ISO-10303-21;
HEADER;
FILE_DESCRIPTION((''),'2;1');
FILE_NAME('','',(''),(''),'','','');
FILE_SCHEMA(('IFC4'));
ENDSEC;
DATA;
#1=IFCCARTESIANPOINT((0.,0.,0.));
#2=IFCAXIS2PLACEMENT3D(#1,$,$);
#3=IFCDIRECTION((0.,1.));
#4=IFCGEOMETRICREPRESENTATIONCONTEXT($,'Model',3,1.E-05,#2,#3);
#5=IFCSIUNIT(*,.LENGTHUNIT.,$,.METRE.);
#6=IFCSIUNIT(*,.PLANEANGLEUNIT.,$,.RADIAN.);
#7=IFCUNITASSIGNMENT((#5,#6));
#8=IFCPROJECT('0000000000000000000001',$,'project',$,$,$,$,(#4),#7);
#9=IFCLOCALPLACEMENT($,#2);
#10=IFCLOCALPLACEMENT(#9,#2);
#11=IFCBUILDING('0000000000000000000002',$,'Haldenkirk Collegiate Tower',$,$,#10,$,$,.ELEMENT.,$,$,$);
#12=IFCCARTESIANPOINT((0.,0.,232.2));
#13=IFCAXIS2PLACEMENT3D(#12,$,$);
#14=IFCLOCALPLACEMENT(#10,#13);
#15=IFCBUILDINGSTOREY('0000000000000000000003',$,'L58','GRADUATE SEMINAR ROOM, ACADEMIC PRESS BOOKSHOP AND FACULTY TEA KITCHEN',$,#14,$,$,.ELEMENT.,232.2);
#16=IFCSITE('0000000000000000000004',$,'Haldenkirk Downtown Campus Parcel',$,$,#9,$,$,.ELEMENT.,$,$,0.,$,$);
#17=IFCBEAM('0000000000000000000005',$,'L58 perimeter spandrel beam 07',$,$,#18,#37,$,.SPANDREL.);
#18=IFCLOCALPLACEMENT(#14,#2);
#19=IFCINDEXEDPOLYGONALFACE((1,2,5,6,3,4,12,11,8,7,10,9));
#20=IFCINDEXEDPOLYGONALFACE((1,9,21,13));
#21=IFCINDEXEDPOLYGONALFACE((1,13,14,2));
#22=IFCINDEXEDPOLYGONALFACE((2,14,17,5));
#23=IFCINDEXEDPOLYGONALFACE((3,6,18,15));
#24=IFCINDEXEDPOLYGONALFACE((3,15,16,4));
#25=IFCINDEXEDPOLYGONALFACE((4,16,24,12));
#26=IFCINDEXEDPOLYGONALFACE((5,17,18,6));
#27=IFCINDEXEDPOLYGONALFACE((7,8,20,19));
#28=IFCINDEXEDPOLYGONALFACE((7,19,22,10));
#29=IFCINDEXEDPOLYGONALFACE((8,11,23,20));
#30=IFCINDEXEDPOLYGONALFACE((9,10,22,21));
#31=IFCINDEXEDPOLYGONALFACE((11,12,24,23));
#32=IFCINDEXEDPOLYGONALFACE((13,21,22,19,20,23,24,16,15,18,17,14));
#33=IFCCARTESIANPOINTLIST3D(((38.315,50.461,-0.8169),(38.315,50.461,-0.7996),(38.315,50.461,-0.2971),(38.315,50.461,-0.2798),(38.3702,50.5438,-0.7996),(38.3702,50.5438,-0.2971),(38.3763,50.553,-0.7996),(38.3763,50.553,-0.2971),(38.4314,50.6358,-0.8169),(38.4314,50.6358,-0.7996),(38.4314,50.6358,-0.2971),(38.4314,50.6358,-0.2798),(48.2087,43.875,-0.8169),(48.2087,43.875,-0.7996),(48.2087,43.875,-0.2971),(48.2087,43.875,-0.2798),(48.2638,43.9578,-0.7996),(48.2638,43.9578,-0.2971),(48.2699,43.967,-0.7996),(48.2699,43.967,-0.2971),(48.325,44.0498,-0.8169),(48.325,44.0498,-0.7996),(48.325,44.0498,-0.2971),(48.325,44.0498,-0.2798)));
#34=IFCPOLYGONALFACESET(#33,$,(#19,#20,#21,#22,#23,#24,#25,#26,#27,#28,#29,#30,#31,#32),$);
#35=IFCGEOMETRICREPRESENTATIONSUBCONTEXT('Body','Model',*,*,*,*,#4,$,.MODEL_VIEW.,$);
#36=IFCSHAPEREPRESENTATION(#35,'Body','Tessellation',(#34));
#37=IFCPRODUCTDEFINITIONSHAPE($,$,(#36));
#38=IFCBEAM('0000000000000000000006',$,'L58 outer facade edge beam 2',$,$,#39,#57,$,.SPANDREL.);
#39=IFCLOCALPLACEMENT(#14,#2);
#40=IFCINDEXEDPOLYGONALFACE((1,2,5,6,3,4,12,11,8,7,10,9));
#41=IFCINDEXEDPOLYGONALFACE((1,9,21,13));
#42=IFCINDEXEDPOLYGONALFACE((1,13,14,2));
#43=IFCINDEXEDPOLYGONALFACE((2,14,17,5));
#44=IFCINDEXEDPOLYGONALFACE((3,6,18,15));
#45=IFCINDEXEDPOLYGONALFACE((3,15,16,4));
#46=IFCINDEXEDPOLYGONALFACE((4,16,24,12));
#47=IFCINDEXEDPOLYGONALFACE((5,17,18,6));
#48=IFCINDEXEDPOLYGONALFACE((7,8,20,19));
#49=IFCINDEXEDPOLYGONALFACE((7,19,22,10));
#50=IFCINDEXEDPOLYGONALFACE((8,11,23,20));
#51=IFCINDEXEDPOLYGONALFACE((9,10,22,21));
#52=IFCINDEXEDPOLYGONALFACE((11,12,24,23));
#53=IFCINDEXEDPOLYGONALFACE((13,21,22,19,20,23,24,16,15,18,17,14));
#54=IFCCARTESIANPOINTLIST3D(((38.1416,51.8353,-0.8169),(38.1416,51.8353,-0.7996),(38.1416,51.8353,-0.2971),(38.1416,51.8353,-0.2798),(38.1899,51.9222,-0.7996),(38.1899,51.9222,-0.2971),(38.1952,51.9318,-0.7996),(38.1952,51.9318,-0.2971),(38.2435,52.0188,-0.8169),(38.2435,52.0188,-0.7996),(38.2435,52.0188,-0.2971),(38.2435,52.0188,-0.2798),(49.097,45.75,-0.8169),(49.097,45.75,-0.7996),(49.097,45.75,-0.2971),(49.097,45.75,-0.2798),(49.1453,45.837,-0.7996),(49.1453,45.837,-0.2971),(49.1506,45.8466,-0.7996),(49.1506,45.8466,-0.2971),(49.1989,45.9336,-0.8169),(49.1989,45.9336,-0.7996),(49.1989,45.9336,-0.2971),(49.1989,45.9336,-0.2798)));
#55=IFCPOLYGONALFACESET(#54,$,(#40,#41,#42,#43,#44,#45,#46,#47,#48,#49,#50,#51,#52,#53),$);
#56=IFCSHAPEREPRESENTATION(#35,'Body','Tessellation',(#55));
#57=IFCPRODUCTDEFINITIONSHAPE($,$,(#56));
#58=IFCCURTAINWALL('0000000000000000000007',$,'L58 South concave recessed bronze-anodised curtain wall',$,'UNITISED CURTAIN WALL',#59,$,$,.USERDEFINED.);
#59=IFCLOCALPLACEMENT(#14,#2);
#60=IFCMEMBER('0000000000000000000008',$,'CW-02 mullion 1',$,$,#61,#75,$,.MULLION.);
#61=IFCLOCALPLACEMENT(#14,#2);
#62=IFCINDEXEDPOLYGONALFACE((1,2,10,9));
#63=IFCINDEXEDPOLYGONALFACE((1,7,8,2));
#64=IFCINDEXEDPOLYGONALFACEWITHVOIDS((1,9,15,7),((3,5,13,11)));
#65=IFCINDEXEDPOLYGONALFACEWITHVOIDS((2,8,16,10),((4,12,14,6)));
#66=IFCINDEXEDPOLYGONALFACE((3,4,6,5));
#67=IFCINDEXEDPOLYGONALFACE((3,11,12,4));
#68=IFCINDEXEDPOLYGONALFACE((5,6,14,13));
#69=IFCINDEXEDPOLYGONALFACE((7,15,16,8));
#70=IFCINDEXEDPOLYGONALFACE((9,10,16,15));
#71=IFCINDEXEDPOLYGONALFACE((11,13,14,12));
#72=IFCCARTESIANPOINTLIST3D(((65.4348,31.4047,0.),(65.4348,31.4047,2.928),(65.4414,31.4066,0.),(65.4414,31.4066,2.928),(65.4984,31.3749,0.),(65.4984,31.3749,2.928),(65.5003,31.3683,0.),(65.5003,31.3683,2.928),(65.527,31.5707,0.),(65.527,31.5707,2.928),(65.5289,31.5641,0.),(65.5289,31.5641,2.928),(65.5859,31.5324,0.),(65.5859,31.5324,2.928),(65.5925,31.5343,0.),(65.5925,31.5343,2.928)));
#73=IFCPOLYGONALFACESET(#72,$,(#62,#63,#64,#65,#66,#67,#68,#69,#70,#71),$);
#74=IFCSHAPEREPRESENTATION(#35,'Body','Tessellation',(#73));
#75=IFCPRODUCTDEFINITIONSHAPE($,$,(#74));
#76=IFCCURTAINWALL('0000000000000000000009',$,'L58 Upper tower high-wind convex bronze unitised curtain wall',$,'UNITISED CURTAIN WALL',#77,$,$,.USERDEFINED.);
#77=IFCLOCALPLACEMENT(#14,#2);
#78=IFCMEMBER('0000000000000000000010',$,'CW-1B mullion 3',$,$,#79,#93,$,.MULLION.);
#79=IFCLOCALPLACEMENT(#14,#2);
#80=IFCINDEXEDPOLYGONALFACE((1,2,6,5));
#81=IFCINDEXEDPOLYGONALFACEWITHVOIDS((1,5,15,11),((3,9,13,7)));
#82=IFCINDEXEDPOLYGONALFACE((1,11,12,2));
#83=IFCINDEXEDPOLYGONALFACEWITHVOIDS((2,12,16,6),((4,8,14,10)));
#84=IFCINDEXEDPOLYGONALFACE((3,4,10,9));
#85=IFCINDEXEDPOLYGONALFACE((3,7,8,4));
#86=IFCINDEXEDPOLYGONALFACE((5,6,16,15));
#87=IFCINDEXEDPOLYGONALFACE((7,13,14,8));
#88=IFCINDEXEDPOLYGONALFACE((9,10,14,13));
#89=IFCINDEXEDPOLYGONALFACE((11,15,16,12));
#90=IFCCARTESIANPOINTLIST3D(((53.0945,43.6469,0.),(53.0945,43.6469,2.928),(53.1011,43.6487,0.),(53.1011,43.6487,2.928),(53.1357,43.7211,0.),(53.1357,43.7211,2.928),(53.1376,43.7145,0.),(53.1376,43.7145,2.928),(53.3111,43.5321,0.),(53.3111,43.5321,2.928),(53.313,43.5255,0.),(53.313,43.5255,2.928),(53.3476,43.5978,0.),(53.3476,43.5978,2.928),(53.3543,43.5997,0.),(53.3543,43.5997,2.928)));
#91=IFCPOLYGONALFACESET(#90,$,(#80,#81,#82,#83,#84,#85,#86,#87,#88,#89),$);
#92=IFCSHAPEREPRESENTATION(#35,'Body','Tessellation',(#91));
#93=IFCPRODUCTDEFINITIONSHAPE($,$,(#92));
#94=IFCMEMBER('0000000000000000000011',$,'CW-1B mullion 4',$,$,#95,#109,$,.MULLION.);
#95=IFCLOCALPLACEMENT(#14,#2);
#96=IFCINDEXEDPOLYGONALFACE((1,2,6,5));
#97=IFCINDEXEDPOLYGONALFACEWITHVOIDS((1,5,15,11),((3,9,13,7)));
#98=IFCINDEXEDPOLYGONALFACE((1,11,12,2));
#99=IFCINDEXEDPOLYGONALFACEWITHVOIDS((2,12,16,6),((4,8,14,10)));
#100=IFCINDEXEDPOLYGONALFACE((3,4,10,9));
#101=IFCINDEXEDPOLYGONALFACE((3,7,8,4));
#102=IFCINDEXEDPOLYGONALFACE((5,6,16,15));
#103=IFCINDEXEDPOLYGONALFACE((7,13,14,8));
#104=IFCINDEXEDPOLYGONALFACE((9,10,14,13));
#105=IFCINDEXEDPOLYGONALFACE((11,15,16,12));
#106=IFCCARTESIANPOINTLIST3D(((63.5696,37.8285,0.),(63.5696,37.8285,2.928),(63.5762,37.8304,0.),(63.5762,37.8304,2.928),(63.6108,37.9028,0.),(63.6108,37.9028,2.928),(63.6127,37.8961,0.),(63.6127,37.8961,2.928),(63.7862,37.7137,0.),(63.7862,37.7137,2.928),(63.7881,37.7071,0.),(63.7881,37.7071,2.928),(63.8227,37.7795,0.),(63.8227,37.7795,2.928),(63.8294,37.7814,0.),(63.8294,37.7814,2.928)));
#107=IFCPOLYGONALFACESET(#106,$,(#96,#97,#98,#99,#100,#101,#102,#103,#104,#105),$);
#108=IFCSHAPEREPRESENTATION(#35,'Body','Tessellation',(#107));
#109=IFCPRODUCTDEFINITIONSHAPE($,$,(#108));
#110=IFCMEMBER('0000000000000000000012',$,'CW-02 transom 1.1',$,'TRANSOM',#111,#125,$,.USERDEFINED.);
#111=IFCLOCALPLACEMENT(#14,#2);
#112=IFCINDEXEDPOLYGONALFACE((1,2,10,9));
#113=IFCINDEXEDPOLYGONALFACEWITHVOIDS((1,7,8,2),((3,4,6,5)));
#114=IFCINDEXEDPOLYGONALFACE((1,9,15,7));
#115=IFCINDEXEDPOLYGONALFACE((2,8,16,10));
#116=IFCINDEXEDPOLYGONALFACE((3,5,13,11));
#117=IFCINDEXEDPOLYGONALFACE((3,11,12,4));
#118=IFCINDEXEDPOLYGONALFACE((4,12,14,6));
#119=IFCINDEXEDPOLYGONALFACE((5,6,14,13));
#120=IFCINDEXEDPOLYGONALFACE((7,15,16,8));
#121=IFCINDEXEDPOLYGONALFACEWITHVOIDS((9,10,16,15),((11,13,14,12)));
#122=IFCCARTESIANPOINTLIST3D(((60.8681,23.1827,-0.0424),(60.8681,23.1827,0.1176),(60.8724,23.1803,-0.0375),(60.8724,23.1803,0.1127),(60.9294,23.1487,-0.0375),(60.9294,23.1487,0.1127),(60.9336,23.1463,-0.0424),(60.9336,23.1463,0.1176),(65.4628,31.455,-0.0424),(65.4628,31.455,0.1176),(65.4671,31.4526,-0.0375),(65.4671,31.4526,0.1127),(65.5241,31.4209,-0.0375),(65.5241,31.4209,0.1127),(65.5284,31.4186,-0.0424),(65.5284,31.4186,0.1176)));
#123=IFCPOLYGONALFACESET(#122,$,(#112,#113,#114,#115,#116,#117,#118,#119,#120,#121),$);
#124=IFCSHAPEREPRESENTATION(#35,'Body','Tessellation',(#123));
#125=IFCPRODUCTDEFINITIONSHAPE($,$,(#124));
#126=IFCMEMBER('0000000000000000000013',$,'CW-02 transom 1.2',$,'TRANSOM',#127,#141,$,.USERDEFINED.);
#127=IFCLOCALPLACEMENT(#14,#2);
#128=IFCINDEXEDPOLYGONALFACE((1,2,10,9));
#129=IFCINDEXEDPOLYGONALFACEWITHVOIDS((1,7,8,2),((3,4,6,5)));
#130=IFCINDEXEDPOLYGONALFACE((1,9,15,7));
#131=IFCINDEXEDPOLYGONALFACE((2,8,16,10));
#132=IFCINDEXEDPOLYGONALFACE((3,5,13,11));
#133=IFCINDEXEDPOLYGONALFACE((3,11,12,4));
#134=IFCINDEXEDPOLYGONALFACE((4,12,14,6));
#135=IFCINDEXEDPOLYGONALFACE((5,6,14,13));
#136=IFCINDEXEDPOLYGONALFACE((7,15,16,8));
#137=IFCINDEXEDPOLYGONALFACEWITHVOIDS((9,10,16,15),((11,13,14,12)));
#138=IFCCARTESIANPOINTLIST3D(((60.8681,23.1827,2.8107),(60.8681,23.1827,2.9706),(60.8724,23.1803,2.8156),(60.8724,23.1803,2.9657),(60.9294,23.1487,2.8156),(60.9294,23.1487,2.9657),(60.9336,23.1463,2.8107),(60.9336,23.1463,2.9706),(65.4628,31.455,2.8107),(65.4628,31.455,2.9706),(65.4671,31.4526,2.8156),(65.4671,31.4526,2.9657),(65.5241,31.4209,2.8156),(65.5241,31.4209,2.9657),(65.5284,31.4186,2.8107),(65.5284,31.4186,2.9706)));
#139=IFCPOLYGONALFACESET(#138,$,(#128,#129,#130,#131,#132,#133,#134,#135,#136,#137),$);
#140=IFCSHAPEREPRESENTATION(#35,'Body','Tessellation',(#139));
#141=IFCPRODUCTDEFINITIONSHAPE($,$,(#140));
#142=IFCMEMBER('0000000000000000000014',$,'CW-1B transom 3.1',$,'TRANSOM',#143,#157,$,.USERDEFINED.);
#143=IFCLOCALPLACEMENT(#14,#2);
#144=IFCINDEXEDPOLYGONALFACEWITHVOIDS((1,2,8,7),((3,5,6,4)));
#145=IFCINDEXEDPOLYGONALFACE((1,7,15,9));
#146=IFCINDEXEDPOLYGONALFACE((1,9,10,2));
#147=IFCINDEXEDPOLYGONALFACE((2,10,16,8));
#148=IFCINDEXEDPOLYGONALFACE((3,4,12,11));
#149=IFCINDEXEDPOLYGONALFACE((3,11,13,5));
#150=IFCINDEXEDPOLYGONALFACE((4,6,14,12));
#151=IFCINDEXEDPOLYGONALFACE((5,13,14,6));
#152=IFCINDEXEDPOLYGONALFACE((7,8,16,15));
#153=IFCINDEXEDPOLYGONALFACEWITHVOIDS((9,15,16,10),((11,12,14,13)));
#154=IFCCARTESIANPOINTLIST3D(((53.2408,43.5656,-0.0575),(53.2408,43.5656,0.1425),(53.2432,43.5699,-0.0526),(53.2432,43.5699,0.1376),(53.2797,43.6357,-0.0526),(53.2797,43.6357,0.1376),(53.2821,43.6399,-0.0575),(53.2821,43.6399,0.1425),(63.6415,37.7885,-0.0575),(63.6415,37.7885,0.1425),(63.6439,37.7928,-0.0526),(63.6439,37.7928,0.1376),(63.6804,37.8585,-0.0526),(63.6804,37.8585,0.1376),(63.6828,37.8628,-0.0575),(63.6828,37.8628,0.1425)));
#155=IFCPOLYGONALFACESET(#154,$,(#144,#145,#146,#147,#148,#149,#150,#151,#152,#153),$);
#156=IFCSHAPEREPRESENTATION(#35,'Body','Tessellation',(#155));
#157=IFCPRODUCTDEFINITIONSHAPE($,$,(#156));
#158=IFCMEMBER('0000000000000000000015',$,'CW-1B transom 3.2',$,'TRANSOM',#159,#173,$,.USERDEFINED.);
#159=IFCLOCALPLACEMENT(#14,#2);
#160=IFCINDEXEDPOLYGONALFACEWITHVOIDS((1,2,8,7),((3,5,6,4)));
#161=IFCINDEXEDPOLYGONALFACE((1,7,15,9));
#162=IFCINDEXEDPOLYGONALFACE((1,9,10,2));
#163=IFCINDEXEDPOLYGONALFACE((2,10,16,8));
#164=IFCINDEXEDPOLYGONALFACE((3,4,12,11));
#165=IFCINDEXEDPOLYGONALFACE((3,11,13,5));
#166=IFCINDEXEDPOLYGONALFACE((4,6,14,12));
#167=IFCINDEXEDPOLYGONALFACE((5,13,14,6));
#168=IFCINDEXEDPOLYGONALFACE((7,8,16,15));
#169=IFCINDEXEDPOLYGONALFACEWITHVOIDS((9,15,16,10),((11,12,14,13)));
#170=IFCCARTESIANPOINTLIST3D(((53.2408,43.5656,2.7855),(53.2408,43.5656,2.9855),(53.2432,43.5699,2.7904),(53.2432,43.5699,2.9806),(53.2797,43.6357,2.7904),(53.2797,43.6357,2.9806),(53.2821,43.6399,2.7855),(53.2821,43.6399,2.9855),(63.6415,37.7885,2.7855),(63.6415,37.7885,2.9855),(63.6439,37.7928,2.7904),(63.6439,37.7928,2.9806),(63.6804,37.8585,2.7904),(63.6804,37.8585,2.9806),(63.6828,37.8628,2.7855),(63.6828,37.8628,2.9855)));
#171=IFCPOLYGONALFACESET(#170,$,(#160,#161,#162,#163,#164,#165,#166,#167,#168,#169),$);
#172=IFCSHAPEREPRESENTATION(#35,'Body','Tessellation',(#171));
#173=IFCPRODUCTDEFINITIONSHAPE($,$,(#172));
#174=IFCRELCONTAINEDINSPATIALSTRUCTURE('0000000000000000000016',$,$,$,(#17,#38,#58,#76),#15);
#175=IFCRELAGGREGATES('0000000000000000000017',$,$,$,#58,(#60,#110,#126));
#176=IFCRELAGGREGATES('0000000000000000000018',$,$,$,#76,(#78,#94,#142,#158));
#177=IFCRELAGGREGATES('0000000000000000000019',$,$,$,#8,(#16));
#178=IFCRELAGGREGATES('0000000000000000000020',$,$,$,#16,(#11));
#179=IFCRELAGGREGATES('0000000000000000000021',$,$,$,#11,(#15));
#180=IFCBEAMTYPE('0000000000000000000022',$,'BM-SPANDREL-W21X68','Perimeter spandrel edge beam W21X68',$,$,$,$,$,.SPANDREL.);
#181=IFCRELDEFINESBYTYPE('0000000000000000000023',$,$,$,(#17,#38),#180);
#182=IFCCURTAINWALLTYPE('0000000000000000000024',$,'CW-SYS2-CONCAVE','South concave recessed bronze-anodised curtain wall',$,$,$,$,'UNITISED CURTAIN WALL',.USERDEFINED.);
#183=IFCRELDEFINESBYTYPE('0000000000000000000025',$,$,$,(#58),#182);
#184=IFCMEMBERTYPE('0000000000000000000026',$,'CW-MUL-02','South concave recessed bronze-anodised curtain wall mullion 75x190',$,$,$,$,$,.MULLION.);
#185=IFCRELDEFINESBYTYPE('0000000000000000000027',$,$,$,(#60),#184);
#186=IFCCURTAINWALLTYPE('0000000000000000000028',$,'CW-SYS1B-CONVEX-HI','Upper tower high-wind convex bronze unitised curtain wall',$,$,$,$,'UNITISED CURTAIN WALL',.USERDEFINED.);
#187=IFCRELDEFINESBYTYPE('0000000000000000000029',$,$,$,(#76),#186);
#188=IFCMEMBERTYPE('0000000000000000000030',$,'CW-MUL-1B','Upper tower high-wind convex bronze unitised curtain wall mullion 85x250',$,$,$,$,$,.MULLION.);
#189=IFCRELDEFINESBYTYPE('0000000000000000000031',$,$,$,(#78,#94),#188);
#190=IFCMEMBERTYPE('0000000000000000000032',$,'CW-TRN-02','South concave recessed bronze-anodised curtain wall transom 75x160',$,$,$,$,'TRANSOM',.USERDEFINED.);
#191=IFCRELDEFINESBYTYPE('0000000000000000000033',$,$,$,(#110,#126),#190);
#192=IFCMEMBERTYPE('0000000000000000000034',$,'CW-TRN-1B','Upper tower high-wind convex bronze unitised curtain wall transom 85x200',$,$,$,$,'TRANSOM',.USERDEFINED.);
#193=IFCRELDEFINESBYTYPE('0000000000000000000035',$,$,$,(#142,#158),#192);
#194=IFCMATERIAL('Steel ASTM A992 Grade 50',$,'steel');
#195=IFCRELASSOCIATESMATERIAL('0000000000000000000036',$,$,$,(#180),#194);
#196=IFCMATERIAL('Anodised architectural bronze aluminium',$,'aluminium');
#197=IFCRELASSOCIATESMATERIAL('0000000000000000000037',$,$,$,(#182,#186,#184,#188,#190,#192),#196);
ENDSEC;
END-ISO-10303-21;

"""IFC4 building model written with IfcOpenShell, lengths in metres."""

from ifc_helpers import new_model, si_unit, direction, frame, origin, origin_2d, place, context, subcontext, project, spatial, hollow_rectangle, i_section, extrude, material, material_profile, profile_set, type_object, element, aggregate, save


model = new_model("IFC4")

# Units and contexts
model_context = context("Model", 3, precision=1e-05, world=origin(), true_north=direction((0.0, 1.0)))
body_context = subcontext(model_context, "Body", "Model", "MODEL_VIEW")
ifc_project = project(units=[si_unit("LENGTHUNIT", "METRE"), si_unit("PLANEANGLEUNIT", "RADIAN")], contexts=[model_context])

# Site, building, storey
site_placement = place(None, origin())
site = spatial("IfcSite", under=ifc_project, at=site_placement, Name="Haldenkirk Downtown Campus Parcel", CompositionType="ELEMENT", RefElevation=0.0)
building_placement = place(site_placement, origin())
building = spatial("IfcBuilding", under=site, at=building_placement, Name="Haldenkirk Collegiate Tower", CompositionType="ELEMENT")
storey_placement = place(building_placement, frame((0.0, 0.0, 232.2)))
storey = spatial("IfcBuildingStorey", under=building, at=storey_placement, Name="L58", Description="GRADUATE SEMINAR ROOM, ACADEMIC PRESS BOOKSHOP AND FACULTY TEA KITCHEN", CompositionType="ELEMENT", Elevation=232.2)

# Beams
ifc_material_1 = material(Name="Steel ASTM A992 Grade 50", Category="steel")
ifc_material_profile_1 = material_profile(ifc_material_1, i_section(OverallWidth=0.21, OverallDepth=0.5371, WebThickness=0.011, FlangeThickness=0.0173, at=origin_2d()), Name="W21X68")
ifc_profile_set_1 = profile_set([ifc_material_profile_1], Name="Steel ASTM A992 Grade 50")
beam_type_1 = type_object("IfcBeamType", Name="BM-SPANDREL-W21X68", Description="Perimeter spandrel edge beam W21X68", PredefinedType="SPANDREL", material=ifc_profile_set_1)
beam_1_placement = place(storey_placement, frame((48.2668, 43.9624, -0.5483), z_axis=(-0.832429, 0.554131, 0.0), x_axis=(-0.554131, -0.832429, 0.0)))
element("IfcBeam", 1, at=beam_1_placement, inside=storey, type_object=beam_type_1, Name="L58 perimeter spandrel beam 07", PredefinedType="SPANDREL", context=body_context, shape_type="SweptSolid", body=[
    extrude(i_section(OverallWidth=0.21, OverallDepth=0.5371, WebThickness=0.011, FlangeThickness=0.0173, at=origin_2d()), origin(), (0.0, 0.0, 1.0), 11.8853),
])
beam_2_placement = place(storey_placement, frame((49.1479, 45.8418, -0.5483), z_axis=(-0.874194, 0.485577, 0.0), x_axis=(-0.485577, -0.874194, 0.0)))
element("IfcBeam", 2, at=beam_2_placement, inside=storey, type_object=beam_type_1, Name="L58 outer facade edge beam 2", PredefinedType="SPANDREL", context=body_context, shape_type="SweptSolid", body=[
    extrude(i_section(OverallWidth=0.21, OverallDepth=0.5371, WebThickness=0.011, FlangeThickness=0.0173, at=origin_2d()), origin(), (0.0, 0.0, 1.0), 12.532),
])

# Curtain wall, member
ifc_material_2 = material(Name="Anodised architectural bronze aluminium", Category="aluminium")
curtain_wall_type_1 = type_object("IfcCurtainWallType", Name="CW-SYS2-CONCAVE", Description="South concave recessed bronze-anodised curtain wall", ElementType="UNITISED CURTAIN WALL", PredefinedType="USERDEFINED", material=ifc_material_2)
curtain_wall_1_placement = place(storey_placement, origin())
curtain_wall_1 = element("IfcCurtainWall", 3, at=curtain_wall_1_placement, inside=storey, type_object=curtain_wall_type_1, Name="L58 South concave recessed bronze-anodised curtain wall", ObjectType="UNITISED CURTAIN WALL", PredefinedType="USERDEFINED")
ifc_material_profile_2 = material_profile(ifc_material_2, hollow_rectangle(XDim=0.075, YDim=0.1899, WallThickness=0.0049, at=origin_2d()), Name="CW-MUL-02")
ifc_profile_set_2 = profile_set([ifc_material_profile_2], Name="Anodised architectural bronze aluminium")
member_type_1 = type_object("IfcMemberType", Name="CW-MUL-02", Description="South concave recessed bronze-anodised curtain wall mullion 75x190", PredefinedType="MULLION", material=ifc_profile_set_2)
member_1_placement = place(storey_placement, frame((65.5137, 31.4695, 0.0), z_axis=(0.0, 0.0, 1.0), x_axis=(0.874195, -0.485574, 0.0)))
member_1 = element("IfcMember", 4, at=member_1_placement, type_object=member_type_1, Name="CW-02 mullion 1", PredefinedType="MULLION", context=body_context, shape_type="SweptSolid", body=[
    extrude(hollow_rectangle(XDim=0.075, YDim=0.1899, WallThickness=0.0049, at=origin_2d()), origin(), (0.0, 0.0, 1.0), 2.928),
])

# Curtain wall, members
curtain_wall_type_2 = type_object("IfcCurtainWallType", Name="CW-SYS1B-CONVEX-HI", Description="Upper tower high-wind convex bronze unitised curtain wall", ElementType="UNITISED CURTAIN WALL", PredefinedType="USERDEFINED", material=ifc_material_2)
curtain_wall_2_placement = place(storey_placement, origin())
curtain_wall_2 = element("IfcCurtainWall", 5, at=curtain_wall_2_placement, inside=storey, type_object=curtain_wall_type_2, Name="L58 Upper tower high-wind convex bronze unitised curtain wall", ObjectType="UNITISED CURTAIN WALL", PredefinedType="USERDEFINED")
ifc_material_profile_3 = material_profile(ifc_material_2, hollow_rectangle(XDim=0.085, YDim=0.25, WallThickness=0.0049, at=origin_2d()), Name="CW-MUL-1B")
ifc_profile_set_3 = profile_set([ifc_material_profile_3], Name="Anodised architectural bronze aluminium")
member_type_2 = type_object("IfcMemberType", Name="CW-MUL-1B", Description="Upper tower high-wind convex bronze unitised curtain wall mullion 85x250", PredefinedType="MULLION", material=ifc_profile_set_3)
member_2_placement = place(storey_placement, frame((53.2244, 43.6233, 0.0), z_axis=(0.0, 0.0, 1.0), x_axis=(0.485572, 0.874196, 0.0)))
member_2 = element("IfcMember", 6, at=member_2_placement, type_object=member_type_2, Name="CW-1B mullion 3", PredefinedType="MULLION", context=body_context, shape_type="SweptSolid", body=[
    extrude(hollow_rectangle(XDim=0.085, YDim=0.25, WallThickness=0.0049, at=origin_2d()), origin(), (0.0, 0.0, 1.0), 2.928),
])
member_3_placement = place(storey_placement, frame((63.6995, 37.8049, 0.0), z_axis=(0.0, 0.0, 1.0), x_axis=(0.485572, 0.874196, 0.0)))
member_3 = element("IfcMember", 7, at=member_3_placement, type_object=member_type_2, Name="CW-1B mullion 4", PredefinedType="MULLION", context=body_context, shape_type="SweptSolid", body=[
    extrude(hollow_rectangle(XDim=0.085, YDim=0.25, WallThickness=0.0049, at=origin_2d()), origin(), (0.0, 0.0, 1.0), 2.928),
])

# Members
ifc_material_profile_4 = material_profile(ifc_material_2, hollow_rectangle(XDim=0.075, YDim=0.1599, WallThickness=0.0049, at=origin_2d()), Name="CW-TRN-02")
ifc_profile_set_4 = profile_set([ifc_material_profile_4], Name="Anodised architectural bronze aluminium")
member_type_3 = type_object("IfcMemberType", Name="CW-TRN-02", Description="South concave recessed bronze-anodised curtain wall transom 75x160", ElementType="TRANSOM", PredefinedType="USERDEFINED", material=ifc_profile_set_4)
member_4_placement = place(storey_placement, frame((65.4956, 31.4368, 0.0376), z_axis=(-0.485566, -0.8742, 0.0), x_axis=(0.8742, -0.485566, 0.0)))
member_4 = element("IfcMember", 8, at=member_4_placement, type_object=member_type_3, Name="CW-02 transom 1.1", ObjectType="TRANSOM", PredefinedType="USERDEFINED", context=body_context, shape_type="SweptSolid", body=[
    extrude(hollow_rectangle(XDim=0.075, YDim=0.1599, WallThickness=0.0049, at=origin_2d()), origin(), (0.0, 0.0, 1.0), 9.4626),
])
member_5_placement = place(storey_placement, frame((65.4956, 31.4368, 2.8906), z_axis=(-0.485566, -0.8742, 0.0), x_axis=(0.8742, -0.485566, 0.0)))
member_5 = element("IfcMember", 9, at=member_5_placement, type_object=member_type_3, Name="CW-02 transom 1.2", ObjectType="TRANSOM", PredefinedType="USERDEFINED", context=body_context, shape_type="SweptSolid", body=[
    extrude(hollow_rectangle(XDim=0.075, YDim=0.1599, WallThickness=0.0049, at=origin_2d()), origin(), (0.0, 0.0, 1.0), 9.4626),
])
ifc_material_profile_5 = material_profile(ifc_material_2, hollow_rectangle(XDim=0.085, YDim=0.2, WallThickness=0.0049, at=origin_2d()), Name="CW-TRN-1B")
ifc_profile_set_5 = profile_set([ifc_material_profile_5], Name="Anodised architectural bronze aluminium")
member_type_4 = type_object("IfcMemberType", Name="CW-TRN-1B", Description="Upper tower high-wind convex bronze unitised curtain wall transom 85x200", ElementType="TRANSOM", PredefinedType="USERDEFINED", material=ifc_profile_set_5)
member_6_placement = place(storey_placement, frame((53.2615, 43.6028, 0.0425), z_axis=(0.874194, -0.485577, 0.0), x_axis=(0.485577, 0.874194, 0.0)))
member_6 = element("IfcMember", 10, at=member_6_placement, type_object=member_type_4, Name="CW-1B transom 3.1", ObjectType="TRANSOM", PredefinedType="USERDEFINED", context=body_context, shape_type="SweptSolid", body=[
    extrude(hollow_rectangle(XDim=0.085, YDim=0.2, WallThickness=0.0049, at=origin_2d()), origin(), (0.0, 0.0, 1.0), 11.8975),
])
member_7_placement = place(storey_placement, frame((53.2615, 43.6028, 2.8855), z_axis=(0.874194, -0.485577, 0.0), x_axis=(0.485577, 0.874194, 0.0)))
member_7 = element("IfcMember", 11, at=member_7_placement, type_object=member_type_4, Name="CW-1B transom 3.2", ObjectType="TRANSOM", PredefinedType="USERDEFINED", context=body_context, shape_type="SweptSolid", body=[
    extrude(hollow_rectangle(XDim=0.085, YDim=0.2, WallThickness=0.0049, at=origin_2d()), origin(), (0.0, 0.0, 1.0), 11.8975),
])

aggregate(curtain_wall_1, [member_1, member_4, member_5])
aggregate(curtain_wall_2, [member_2, member_3, member_6, member_7])

save(model, "model.ifc")
